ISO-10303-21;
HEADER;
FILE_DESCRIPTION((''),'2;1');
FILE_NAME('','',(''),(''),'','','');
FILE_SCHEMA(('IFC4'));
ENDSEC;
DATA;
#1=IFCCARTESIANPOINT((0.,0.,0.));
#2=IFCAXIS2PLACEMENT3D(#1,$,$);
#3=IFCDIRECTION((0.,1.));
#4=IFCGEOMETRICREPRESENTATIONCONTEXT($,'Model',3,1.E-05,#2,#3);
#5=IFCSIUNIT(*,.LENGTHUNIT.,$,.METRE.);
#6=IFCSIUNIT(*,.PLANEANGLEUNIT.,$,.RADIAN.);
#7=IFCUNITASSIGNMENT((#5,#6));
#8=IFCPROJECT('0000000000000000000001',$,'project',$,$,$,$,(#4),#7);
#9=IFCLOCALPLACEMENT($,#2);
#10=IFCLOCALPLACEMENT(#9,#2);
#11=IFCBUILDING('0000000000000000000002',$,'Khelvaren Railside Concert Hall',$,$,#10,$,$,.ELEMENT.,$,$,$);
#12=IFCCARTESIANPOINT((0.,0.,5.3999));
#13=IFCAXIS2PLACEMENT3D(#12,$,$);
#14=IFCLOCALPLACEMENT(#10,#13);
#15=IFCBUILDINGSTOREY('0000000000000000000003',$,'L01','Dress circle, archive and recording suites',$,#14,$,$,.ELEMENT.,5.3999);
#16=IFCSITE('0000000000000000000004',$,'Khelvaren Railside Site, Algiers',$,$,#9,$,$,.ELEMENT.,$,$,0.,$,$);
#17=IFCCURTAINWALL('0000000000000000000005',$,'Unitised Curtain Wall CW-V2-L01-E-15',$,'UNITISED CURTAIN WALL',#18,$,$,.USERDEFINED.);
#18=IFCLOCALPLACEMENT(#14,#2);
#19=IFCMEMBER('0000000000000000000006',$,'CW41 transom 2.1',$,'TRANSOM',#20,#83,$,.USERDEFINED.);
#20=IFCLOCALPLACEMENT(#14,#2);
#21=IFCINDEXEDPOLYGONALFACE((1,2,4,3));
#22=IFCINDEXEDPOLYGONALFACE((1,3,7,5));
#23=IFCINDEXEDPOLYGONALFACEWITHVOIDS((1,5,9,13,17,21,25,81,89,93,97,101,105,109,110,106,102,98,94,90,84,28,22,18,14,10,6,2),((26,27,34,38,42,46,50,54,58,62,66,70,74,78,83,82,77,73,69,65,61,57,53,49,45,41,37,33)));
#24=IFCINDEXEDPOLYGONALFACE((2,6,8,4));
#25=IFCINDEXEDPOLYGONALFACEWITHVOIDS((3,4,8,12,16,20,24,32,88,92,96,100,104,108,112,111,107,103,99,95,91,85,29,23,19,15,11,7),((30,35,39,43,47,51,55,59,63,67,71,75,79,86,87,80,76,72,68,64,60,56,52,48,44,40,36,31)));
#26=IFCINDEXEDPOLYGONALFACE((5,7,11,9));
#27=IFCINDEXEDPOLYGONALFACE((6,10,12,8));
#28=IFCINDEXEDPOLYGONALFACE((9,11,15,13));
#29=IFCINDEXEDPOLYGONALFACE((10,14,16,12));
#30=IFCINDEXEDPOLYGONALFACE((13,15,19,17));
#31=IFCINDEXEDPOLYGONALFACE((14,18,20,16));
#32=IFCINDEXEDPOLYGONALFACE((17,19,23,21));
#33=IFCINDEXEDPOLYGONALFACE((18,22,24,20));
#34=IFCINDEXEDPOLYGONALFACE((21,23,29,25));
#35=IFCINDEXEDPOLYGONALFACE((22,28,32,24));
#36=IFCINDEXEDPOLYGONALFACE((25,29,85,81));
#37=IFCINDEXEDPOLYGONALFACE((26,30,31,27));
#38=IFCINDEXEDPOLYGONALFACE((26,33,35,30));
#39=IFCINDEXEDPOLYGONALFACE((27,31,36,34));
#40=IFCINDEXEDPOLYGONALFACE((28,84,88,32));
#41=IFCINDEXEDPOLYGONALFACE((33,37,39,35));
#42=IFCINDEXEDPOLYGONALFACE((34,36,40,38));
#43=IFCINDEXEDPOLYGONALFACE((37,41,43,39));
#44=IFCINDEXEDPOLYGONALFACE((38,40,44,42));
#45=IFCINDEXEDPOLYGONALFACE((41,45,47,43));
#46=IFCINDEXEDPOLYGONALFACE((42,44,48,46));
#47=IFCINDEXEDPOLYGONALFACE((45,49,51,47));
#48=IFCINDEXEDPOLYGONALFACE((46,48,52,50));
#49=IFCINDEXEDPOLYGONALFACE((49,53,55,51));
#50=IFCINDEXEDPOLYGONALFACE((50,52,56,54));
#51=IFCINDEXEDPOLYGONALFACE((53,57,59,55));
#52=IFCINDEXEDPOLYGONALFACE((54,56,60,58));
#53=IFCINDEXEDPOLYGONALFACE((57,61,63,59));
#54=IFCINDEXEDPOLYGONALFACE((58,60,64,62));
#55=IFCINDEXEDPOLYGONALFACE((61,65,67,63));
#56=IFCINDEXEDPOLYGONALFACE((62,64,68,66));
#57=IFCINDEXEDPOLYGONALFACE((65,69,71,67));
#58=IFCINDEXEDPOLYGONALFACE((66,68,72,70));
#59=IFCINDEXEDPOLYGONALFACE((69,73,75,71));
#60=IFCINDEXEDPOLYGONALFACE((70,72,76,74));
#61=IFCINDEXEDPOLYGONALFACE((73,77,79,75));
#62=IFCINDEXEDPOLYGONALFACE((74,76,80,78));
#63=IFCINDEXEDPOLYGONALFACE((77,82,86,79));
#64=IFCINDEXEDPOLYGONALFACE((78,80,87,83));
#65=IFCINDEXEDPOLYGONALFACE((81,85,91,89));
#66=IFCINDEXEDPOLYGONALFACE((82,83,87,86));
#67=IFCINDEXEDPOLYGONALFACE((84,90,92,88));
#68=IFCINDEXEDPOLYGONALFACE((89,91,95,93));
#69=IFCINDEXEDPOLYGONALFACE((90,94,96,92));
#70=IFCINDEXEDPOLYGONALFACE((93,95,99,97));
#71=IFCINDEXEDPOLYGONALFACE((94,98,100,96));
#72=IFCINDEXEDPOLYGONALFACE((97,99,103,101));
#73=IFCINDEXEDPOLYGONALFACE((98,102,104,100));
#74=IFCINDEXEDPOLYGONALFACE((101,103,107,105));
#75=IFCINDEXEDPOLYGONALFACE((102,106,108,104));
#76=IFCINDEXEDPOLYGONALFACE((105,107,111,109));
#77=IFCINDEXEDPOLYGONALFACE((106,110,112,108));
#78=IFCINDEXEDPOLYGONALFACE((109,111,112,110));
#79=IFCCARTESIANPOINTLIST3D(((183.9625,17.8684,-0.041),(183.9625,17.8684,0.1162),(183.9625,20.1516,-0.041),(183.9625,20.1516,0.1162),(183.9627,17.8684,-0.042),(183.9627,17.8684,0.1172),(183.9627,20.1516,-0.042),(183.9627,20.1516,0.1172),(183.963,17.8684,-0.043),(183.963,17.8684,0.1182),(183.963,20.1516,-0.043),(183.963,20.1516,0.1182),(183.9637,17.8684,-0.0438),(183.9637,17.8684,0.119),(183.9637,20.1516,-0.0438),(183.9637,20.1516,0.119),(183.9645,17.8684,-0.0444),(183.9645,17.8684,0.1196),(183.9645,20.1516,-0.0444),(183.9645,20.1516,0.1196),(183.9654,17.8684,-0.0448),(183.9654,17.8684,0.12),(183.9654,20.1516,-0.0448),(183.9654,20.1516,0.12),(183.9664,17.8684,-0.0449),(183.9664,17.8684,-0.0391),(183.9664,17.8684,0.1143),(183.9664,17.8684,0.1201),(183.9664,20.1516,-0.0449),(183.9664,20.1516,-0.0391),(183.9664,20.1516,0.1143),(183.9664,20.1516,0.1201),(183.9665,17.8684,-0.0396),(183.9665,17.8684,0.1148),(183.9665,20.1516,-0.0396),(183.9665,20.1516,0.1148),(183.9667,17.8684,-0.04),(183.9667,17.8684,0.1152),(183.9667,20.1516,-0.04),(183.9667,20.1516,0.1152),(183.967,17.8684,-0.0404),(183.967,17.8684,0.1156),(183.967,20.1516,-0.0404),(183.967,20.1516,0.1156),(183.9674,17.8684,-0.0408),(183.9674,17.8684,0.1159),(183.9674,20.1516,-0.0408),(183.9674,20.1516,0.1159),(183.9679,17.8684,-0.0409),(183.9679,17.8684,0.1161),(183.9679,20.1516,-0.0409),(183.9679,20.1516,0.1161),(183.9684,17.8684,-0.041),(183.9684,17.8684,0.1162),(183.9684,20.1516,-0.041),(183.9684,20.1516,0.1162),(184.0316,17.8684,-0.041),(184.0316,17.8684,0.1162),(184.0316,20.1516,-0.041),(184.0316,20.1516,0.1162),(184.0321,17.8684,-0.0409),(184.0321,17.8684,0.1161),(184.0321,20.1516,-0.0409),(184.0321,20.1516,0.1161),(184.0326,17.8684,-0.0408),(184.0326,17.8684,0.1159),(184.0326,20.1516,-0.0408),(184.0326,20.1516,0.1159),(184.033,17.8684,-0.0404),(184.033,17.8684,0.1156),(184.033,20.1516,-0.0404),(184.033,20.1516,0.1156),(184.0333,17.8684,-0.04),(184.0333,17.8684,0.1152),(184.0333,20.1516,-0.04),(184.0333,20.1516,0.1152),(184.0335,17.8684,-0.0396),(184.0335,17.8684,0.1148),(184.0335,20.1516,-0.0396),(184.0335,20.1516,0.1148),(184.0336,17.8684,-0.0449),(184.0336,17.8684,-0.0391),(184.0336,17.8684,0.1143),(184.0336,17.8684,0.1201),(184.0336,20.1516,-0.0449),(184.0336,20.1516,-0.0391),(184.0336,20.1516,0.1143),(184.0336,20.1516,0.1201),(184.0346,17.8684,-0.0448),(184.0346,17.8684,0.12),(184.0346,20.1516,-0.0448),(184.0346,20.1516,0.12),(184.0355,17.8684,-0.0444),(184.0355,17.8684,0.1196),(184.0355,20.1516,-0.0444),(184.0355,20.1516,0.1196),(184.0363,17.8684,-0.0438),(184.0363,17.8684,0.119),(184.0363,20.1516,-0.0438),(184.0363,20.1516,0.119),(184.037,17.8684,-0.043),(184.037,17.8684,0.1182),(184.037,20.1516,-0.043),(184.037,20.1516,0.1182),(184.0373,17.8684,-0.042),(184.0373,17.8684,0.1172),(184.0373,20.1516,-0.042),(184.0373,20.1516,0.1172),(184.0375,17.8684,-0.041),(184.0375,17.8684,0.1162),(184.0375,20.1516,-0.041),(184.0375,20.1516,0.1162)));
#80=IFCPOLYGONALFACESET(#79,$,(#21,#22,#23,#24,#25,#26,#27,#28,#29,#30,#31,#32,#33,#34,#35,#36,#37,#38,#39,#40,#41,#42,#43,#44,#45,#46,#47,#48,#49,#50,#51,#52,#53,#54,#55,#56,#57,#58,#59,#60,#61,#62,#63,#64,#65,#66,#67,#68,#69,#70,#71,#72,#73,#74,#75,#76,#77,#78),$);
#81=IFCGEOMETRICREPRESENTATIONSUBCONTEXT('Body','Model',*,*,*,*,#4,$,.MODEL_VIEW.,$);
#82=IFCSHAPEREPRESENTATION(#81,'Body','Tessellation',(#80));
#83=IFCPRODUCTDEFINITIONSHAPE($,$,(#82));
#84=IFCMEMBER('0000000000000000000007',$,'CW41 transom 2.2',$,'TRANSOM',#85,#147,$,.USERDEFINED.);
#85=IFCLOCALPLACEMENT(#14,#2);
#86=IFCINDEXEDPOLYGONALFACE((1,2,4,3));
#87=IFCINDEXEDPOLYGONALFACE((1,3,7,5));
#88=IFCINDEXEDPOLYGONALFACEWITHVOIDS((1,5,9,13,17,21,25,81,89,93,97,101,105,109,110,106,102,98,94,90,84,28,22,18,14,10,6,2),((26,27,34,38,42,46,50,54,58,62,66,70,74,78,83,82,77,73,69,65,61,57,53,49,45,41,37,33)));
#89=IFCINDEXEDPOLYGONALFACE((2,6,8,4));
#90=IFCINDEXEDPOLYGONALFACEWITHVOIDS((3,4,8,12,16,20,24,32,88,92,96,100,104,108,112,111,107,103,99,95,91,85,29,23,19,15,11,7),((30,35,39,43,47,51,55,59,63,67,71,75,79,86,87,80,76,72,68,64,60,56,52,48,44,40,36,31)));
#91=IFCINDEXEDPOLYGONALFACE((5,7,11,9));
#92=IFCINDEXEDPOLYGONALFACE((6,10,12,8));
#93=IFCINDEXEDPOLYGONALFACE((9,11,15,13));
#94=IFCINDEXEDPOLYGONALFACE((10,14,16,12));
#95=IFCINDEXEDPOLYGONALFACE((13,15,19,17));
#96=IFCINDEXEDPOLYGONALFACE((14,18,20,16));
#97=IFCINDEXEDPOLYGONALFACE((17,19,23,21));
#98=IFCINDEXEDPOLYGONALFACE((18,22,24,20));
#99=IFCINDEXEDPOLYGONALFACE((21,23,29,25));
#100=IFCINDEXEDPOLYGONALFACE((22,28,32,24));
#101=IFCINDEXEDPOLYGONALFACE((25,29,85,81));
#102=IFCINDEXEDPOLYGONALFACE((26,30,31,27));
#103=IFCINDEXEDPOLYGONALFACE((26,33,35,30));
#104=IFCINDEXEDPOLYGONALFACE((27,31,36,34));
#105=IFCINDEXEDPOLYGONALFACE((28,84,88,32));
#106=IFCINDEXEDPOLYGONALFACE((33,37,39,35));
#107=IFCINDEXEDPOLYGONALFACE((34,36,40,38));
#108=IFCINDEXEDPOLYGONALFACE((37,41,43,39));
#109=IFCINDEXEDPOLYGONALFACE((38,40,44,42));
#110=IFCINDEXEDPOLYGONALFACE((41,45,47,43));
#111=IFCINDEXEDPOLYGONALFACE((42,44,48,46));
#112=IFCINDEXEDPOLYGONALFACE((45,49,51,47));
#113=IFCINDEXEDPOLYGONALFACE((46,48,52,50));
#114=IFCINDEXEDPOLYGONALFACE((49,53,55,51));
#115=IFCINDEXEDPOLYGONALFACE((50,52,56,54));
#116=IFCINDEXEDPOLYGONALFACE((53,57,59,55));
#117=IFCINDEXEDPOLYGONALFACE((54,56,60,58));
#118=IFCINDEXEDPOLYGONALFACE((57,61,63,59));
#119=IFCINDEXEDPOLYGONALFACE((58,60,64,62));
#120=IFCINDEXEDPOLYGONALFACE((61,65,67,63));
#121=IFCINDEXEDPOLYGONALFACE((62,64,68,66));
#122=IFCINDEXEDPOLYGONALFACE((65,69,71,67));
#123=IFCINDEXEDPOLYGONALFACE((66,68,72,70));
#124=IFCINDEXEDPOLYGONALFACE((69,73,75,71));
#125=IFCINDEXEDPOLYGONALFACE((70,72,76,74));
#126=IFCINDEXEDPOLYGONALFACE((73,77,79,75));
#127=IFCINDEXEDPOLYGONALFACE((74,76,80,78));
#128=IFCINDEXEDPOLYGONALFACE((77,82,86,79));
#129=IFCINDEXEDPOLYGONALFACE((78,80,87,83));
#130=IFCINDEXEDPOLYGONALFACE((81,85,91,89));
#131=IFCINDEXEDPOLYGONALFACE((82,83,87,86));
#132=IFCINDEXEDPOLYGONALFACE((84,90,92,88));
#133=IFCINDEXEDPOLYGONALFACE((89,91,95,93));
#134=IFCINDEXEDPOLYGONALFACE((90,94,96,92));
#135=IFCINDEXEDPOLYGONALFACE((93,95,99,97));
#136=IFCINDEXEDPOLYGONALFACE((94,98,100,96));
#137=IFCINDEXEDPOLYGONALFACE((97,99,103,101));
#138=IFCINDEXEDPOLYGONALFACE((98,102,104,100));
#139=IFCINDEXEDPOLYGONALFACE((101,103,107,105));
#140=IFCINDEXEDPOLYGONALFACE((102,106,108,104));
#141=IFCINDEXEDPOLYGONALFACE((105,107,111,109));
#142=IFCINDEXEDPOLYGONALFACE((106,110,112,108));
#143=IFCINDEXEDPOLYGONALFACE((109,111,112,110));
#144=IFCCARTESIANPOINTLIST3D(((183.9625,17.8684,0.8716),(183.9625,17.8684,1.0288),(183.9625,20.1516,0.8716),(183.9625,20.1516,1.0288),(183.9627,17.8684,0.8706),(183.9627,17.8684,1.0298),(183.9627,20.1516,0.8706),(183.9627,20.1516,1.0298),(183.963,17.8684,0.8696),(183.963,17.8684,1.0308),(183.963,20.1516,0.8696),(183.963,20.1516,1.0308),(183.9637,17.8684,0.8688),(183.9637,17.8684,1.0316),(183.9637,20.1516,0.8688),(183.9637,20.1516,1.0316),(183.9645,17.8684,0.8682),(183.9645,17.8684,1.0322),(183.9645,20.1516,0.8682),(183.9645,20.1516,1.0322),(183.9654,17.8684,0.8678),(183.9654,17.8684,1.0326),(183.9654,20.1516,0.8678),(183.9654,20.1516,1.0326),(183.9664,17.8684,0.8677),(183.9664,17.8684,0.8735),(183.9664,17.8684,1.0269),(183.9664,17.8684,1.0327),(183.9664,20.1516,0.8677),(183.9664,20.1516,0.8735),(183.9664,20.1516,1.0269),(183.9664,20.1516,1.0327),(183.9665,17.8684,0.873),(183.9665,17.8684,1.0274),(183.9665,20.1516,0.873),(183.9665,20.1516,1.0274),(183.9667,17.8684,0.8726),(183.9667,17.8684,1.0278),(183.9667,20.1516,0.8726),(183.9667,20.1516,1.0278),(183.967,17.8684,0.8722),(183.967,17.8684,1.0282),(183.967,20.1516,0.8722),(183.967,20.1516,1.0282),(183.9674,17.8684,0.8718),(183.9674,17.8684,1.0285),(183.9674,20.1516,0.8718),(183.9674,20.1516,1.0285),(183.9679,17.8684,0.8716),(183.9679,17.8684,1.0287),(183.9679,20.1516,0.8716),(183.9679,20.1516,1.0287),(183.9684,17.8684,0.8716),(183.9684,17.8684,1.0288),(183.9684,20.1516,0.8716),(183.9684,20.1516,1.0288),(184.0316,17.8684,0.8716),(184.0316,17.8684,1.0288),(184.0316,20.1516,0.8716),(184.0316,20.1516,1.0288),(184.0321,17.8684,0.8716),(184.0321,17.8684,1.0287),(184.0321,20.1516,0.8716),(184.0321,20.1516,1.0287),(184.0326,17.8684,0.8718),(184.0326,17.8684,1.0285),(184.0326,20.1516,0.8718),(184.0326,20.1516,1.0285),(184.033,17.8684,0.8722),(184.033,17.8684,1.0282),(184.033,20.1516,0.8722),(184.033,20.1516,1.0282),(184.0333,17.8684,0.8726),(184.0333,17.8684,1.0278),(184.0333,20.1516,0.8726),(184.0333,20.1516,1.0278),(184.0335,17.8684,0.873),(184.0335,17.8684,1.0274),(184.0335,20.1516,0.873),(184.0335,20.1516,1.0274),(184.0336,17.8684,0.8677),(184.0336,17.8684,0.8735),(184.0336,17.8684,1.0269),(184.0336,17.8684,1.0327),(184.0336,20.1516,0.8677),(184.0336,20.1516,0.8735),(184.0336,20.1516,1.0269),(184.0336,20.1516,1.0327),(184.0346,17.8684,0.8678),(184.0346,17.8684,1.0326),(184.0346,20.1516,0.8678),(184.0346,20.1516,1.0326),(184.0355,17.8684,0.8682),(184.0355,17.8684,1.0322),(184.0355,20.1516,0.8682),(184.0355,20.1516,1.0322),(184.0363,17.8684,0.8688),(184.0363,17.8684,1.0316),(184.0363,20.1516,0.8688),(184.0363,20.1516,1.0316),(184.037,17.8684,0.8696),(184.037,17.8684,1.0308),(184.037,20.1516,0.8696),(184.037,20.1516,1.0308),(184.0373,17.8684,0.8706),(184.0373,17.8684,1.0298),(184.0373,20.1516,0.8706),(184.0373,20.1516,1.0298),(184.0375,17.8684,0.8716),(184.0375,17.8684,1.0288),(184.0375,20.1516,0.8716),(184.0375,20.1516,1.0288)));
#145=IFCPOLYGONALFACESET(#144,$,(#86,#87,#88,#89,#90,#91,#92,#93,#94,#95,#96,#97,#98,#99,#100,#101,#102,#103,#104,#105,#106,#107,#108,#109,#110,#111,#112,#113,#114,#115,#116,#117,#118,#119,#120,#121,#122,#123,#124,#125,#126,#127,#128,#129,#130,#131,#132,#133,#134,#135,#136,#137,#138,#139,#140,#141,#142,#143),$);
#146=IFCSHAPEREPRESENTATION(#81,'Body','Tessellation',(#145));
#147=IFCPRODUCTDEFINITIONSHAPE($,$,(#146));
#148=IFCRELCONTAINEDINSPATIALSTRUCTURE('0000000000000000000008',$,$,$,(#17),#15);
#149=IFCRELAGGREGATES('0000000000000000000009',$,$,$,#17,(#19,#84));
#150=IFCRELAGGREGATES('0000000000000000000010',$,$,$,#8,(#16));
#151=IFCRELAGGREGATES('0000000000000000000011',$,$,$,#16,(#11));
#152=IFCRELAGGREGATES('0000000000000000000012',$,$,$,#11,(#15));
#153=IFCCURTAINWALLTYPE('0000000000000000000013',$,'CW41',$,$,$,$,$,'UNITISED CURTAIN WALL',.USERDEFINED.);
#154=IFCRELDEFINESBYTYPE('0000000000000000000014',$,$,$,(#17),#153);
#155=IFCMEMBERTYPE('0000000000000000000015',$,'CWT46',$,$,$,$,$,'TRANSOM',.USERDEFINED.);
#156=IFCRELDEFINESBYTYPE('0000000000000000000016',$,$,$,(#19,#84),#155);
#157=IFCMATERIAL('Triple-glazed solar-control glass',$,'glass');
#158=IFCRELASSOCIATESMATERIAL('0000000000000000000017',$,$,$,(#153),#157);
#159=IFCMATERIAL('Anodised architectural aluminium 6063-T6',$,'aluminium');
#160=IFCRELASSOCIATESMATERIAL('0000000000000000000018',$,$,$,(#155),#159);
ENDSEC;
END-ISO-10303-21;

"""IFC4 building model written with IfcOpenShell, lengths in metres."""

from ifc_helpers import new_model, si_unit, direction, frame, origin, origin_2d, place, context, subcontext, project, spatial, hollow_rectangle, extrude, material, material_profile, profile_set, type_object, element, aggregate, save


model = new_model("IFC4")

# Units and contexts
model_context = context("Model", 3, precision=1e-05, world=origin(), true_north=direction((0.0, 1.0)))
body_context = subcontext(model_context, "Body", "Model", "MODEL_VIEW")
ifc_project = project(units=[si_unit("LENGTHUNIT", "METRE"), si_unit("PLANEANGLEUNIT", "RADIAN")], contexts=[model_context])

# Site, building, storey
site_placement = place(None, origin())
site = spatial("IfcSite", under=ifc_project, at=site_placement, Name="Khelvaren Railside Site, Algiers", CompositionType="ELEMENT", RefElevation=0.0)
building_placement = place(site_placement, origin())
building = spatial("IfcBuilding", under=site, at=building_placement, Name="Khelvaren Railside Concert Hall", CompositionType="ELEMENT")
storey_placement = place(building_placement, frame((0.0, 0.0, 5.3999)))
storey = spatial("IfcBuildingStorey", under=building, at=storey_placement, Name="L01", Description="Dress circle, archive and recording suites", CompositionType="ELEMENT", Elevation=5.3999)

# Curtain wall, members
ifc_material_1 = material(Name="Triple-glazed solar-control glass", Category="glass")
curtain_wall_type = type_object("IfcCurtainWallType", Name="CW41", ElementType="UNITISED CURTAIN WALL", PredefinedType="USERDEFINED", material=ifc_material_1)
curtain_wall_placement = place(storey_placement, origin())
curtain_wall = element("IfcCurtainWall", 1, at=curtain_wall_placement, inside=storey, type_object=curtain_wall_type, Name="Unitised Curtain Wall CW-V2-L01-E-15", ObjectType="UNITISED CURTAIN WALL", PredefinedType="USERDEFINED")
ifc_material_2 = material(Name="Anodised architectural aluminium 6063-T6", Category="aluminium")
ifc_material_profile_1 = material_profile(ifc_material_2, hollow_rectangle(XDim=0.075, YDim=0.165, WallThickness=0.0039, InnerFilletRadius=0.002, OuterFilletRadius=0.0039, at=origin_2d()), Name="CWT 75x165x4")
ifc_profile_set_1 = profile_set([ifc_material_profile_1], Name="Anodised architectural aluminium 6063-T6")
member_type_1 = type_object("IfcMemberType", Name="CWT46", ElementType="TRANSOM", PredefinedType="USERDEFINED", material=ifc_profile_set_1)
member_1_placement = place(storey_placement, frame((184.0, 20.1516, 0.0376), z_axis=(0.0, -1.0, 0.0), x_axis=(1.0, 0.0, 0.0)))
member_1 = element("IfcMember", 2, at=member_1_placement, type_object=member_type_1, Name="CW41 transom 2.1", ObjectType="TRANSOM", PredefinedType="USERDEFINED", context=body_context, shape_type="SweptSolid", body=[
    extrude(hollow_rectangle(XDim=0.075, YDim=0.165, WallThickness=0.0039, InnerFilletRadius=0.002, OuterFilletRadius=0.0039, at=origin_2d()), origin(), (0.0, 0.0, 1.0), 2.2832),
])
member_2_placement = place(storey_placement, frame((184.0, 20.1516, 0.9502), z_axis=(0.0, -1.0, 0.0), x_axis=(1.0, 0.0, 0.0)))
member_2 = element("IfcMember", 3, at=member_2_placement, type_object=member_type_1, Name="CW41 transom 2.2", ObjectType="TRANSOM", PredefinedType="USERDEFINED", context=body_context, shape_type="SweptSolid", body=[
    extrude(hollow_rectangle(XDim=0.075, YDim=0.165, WallThickness=0.0039, InnerFilletRadius=0.002, OuterFilletRadius=0.0039, at=origin_2d()), origin(), (0.0, 0.0, 1.0), 2.2832),
])

aggregate(curtain_wall, [member_1, member_2])

save(model, "model.ifc")
